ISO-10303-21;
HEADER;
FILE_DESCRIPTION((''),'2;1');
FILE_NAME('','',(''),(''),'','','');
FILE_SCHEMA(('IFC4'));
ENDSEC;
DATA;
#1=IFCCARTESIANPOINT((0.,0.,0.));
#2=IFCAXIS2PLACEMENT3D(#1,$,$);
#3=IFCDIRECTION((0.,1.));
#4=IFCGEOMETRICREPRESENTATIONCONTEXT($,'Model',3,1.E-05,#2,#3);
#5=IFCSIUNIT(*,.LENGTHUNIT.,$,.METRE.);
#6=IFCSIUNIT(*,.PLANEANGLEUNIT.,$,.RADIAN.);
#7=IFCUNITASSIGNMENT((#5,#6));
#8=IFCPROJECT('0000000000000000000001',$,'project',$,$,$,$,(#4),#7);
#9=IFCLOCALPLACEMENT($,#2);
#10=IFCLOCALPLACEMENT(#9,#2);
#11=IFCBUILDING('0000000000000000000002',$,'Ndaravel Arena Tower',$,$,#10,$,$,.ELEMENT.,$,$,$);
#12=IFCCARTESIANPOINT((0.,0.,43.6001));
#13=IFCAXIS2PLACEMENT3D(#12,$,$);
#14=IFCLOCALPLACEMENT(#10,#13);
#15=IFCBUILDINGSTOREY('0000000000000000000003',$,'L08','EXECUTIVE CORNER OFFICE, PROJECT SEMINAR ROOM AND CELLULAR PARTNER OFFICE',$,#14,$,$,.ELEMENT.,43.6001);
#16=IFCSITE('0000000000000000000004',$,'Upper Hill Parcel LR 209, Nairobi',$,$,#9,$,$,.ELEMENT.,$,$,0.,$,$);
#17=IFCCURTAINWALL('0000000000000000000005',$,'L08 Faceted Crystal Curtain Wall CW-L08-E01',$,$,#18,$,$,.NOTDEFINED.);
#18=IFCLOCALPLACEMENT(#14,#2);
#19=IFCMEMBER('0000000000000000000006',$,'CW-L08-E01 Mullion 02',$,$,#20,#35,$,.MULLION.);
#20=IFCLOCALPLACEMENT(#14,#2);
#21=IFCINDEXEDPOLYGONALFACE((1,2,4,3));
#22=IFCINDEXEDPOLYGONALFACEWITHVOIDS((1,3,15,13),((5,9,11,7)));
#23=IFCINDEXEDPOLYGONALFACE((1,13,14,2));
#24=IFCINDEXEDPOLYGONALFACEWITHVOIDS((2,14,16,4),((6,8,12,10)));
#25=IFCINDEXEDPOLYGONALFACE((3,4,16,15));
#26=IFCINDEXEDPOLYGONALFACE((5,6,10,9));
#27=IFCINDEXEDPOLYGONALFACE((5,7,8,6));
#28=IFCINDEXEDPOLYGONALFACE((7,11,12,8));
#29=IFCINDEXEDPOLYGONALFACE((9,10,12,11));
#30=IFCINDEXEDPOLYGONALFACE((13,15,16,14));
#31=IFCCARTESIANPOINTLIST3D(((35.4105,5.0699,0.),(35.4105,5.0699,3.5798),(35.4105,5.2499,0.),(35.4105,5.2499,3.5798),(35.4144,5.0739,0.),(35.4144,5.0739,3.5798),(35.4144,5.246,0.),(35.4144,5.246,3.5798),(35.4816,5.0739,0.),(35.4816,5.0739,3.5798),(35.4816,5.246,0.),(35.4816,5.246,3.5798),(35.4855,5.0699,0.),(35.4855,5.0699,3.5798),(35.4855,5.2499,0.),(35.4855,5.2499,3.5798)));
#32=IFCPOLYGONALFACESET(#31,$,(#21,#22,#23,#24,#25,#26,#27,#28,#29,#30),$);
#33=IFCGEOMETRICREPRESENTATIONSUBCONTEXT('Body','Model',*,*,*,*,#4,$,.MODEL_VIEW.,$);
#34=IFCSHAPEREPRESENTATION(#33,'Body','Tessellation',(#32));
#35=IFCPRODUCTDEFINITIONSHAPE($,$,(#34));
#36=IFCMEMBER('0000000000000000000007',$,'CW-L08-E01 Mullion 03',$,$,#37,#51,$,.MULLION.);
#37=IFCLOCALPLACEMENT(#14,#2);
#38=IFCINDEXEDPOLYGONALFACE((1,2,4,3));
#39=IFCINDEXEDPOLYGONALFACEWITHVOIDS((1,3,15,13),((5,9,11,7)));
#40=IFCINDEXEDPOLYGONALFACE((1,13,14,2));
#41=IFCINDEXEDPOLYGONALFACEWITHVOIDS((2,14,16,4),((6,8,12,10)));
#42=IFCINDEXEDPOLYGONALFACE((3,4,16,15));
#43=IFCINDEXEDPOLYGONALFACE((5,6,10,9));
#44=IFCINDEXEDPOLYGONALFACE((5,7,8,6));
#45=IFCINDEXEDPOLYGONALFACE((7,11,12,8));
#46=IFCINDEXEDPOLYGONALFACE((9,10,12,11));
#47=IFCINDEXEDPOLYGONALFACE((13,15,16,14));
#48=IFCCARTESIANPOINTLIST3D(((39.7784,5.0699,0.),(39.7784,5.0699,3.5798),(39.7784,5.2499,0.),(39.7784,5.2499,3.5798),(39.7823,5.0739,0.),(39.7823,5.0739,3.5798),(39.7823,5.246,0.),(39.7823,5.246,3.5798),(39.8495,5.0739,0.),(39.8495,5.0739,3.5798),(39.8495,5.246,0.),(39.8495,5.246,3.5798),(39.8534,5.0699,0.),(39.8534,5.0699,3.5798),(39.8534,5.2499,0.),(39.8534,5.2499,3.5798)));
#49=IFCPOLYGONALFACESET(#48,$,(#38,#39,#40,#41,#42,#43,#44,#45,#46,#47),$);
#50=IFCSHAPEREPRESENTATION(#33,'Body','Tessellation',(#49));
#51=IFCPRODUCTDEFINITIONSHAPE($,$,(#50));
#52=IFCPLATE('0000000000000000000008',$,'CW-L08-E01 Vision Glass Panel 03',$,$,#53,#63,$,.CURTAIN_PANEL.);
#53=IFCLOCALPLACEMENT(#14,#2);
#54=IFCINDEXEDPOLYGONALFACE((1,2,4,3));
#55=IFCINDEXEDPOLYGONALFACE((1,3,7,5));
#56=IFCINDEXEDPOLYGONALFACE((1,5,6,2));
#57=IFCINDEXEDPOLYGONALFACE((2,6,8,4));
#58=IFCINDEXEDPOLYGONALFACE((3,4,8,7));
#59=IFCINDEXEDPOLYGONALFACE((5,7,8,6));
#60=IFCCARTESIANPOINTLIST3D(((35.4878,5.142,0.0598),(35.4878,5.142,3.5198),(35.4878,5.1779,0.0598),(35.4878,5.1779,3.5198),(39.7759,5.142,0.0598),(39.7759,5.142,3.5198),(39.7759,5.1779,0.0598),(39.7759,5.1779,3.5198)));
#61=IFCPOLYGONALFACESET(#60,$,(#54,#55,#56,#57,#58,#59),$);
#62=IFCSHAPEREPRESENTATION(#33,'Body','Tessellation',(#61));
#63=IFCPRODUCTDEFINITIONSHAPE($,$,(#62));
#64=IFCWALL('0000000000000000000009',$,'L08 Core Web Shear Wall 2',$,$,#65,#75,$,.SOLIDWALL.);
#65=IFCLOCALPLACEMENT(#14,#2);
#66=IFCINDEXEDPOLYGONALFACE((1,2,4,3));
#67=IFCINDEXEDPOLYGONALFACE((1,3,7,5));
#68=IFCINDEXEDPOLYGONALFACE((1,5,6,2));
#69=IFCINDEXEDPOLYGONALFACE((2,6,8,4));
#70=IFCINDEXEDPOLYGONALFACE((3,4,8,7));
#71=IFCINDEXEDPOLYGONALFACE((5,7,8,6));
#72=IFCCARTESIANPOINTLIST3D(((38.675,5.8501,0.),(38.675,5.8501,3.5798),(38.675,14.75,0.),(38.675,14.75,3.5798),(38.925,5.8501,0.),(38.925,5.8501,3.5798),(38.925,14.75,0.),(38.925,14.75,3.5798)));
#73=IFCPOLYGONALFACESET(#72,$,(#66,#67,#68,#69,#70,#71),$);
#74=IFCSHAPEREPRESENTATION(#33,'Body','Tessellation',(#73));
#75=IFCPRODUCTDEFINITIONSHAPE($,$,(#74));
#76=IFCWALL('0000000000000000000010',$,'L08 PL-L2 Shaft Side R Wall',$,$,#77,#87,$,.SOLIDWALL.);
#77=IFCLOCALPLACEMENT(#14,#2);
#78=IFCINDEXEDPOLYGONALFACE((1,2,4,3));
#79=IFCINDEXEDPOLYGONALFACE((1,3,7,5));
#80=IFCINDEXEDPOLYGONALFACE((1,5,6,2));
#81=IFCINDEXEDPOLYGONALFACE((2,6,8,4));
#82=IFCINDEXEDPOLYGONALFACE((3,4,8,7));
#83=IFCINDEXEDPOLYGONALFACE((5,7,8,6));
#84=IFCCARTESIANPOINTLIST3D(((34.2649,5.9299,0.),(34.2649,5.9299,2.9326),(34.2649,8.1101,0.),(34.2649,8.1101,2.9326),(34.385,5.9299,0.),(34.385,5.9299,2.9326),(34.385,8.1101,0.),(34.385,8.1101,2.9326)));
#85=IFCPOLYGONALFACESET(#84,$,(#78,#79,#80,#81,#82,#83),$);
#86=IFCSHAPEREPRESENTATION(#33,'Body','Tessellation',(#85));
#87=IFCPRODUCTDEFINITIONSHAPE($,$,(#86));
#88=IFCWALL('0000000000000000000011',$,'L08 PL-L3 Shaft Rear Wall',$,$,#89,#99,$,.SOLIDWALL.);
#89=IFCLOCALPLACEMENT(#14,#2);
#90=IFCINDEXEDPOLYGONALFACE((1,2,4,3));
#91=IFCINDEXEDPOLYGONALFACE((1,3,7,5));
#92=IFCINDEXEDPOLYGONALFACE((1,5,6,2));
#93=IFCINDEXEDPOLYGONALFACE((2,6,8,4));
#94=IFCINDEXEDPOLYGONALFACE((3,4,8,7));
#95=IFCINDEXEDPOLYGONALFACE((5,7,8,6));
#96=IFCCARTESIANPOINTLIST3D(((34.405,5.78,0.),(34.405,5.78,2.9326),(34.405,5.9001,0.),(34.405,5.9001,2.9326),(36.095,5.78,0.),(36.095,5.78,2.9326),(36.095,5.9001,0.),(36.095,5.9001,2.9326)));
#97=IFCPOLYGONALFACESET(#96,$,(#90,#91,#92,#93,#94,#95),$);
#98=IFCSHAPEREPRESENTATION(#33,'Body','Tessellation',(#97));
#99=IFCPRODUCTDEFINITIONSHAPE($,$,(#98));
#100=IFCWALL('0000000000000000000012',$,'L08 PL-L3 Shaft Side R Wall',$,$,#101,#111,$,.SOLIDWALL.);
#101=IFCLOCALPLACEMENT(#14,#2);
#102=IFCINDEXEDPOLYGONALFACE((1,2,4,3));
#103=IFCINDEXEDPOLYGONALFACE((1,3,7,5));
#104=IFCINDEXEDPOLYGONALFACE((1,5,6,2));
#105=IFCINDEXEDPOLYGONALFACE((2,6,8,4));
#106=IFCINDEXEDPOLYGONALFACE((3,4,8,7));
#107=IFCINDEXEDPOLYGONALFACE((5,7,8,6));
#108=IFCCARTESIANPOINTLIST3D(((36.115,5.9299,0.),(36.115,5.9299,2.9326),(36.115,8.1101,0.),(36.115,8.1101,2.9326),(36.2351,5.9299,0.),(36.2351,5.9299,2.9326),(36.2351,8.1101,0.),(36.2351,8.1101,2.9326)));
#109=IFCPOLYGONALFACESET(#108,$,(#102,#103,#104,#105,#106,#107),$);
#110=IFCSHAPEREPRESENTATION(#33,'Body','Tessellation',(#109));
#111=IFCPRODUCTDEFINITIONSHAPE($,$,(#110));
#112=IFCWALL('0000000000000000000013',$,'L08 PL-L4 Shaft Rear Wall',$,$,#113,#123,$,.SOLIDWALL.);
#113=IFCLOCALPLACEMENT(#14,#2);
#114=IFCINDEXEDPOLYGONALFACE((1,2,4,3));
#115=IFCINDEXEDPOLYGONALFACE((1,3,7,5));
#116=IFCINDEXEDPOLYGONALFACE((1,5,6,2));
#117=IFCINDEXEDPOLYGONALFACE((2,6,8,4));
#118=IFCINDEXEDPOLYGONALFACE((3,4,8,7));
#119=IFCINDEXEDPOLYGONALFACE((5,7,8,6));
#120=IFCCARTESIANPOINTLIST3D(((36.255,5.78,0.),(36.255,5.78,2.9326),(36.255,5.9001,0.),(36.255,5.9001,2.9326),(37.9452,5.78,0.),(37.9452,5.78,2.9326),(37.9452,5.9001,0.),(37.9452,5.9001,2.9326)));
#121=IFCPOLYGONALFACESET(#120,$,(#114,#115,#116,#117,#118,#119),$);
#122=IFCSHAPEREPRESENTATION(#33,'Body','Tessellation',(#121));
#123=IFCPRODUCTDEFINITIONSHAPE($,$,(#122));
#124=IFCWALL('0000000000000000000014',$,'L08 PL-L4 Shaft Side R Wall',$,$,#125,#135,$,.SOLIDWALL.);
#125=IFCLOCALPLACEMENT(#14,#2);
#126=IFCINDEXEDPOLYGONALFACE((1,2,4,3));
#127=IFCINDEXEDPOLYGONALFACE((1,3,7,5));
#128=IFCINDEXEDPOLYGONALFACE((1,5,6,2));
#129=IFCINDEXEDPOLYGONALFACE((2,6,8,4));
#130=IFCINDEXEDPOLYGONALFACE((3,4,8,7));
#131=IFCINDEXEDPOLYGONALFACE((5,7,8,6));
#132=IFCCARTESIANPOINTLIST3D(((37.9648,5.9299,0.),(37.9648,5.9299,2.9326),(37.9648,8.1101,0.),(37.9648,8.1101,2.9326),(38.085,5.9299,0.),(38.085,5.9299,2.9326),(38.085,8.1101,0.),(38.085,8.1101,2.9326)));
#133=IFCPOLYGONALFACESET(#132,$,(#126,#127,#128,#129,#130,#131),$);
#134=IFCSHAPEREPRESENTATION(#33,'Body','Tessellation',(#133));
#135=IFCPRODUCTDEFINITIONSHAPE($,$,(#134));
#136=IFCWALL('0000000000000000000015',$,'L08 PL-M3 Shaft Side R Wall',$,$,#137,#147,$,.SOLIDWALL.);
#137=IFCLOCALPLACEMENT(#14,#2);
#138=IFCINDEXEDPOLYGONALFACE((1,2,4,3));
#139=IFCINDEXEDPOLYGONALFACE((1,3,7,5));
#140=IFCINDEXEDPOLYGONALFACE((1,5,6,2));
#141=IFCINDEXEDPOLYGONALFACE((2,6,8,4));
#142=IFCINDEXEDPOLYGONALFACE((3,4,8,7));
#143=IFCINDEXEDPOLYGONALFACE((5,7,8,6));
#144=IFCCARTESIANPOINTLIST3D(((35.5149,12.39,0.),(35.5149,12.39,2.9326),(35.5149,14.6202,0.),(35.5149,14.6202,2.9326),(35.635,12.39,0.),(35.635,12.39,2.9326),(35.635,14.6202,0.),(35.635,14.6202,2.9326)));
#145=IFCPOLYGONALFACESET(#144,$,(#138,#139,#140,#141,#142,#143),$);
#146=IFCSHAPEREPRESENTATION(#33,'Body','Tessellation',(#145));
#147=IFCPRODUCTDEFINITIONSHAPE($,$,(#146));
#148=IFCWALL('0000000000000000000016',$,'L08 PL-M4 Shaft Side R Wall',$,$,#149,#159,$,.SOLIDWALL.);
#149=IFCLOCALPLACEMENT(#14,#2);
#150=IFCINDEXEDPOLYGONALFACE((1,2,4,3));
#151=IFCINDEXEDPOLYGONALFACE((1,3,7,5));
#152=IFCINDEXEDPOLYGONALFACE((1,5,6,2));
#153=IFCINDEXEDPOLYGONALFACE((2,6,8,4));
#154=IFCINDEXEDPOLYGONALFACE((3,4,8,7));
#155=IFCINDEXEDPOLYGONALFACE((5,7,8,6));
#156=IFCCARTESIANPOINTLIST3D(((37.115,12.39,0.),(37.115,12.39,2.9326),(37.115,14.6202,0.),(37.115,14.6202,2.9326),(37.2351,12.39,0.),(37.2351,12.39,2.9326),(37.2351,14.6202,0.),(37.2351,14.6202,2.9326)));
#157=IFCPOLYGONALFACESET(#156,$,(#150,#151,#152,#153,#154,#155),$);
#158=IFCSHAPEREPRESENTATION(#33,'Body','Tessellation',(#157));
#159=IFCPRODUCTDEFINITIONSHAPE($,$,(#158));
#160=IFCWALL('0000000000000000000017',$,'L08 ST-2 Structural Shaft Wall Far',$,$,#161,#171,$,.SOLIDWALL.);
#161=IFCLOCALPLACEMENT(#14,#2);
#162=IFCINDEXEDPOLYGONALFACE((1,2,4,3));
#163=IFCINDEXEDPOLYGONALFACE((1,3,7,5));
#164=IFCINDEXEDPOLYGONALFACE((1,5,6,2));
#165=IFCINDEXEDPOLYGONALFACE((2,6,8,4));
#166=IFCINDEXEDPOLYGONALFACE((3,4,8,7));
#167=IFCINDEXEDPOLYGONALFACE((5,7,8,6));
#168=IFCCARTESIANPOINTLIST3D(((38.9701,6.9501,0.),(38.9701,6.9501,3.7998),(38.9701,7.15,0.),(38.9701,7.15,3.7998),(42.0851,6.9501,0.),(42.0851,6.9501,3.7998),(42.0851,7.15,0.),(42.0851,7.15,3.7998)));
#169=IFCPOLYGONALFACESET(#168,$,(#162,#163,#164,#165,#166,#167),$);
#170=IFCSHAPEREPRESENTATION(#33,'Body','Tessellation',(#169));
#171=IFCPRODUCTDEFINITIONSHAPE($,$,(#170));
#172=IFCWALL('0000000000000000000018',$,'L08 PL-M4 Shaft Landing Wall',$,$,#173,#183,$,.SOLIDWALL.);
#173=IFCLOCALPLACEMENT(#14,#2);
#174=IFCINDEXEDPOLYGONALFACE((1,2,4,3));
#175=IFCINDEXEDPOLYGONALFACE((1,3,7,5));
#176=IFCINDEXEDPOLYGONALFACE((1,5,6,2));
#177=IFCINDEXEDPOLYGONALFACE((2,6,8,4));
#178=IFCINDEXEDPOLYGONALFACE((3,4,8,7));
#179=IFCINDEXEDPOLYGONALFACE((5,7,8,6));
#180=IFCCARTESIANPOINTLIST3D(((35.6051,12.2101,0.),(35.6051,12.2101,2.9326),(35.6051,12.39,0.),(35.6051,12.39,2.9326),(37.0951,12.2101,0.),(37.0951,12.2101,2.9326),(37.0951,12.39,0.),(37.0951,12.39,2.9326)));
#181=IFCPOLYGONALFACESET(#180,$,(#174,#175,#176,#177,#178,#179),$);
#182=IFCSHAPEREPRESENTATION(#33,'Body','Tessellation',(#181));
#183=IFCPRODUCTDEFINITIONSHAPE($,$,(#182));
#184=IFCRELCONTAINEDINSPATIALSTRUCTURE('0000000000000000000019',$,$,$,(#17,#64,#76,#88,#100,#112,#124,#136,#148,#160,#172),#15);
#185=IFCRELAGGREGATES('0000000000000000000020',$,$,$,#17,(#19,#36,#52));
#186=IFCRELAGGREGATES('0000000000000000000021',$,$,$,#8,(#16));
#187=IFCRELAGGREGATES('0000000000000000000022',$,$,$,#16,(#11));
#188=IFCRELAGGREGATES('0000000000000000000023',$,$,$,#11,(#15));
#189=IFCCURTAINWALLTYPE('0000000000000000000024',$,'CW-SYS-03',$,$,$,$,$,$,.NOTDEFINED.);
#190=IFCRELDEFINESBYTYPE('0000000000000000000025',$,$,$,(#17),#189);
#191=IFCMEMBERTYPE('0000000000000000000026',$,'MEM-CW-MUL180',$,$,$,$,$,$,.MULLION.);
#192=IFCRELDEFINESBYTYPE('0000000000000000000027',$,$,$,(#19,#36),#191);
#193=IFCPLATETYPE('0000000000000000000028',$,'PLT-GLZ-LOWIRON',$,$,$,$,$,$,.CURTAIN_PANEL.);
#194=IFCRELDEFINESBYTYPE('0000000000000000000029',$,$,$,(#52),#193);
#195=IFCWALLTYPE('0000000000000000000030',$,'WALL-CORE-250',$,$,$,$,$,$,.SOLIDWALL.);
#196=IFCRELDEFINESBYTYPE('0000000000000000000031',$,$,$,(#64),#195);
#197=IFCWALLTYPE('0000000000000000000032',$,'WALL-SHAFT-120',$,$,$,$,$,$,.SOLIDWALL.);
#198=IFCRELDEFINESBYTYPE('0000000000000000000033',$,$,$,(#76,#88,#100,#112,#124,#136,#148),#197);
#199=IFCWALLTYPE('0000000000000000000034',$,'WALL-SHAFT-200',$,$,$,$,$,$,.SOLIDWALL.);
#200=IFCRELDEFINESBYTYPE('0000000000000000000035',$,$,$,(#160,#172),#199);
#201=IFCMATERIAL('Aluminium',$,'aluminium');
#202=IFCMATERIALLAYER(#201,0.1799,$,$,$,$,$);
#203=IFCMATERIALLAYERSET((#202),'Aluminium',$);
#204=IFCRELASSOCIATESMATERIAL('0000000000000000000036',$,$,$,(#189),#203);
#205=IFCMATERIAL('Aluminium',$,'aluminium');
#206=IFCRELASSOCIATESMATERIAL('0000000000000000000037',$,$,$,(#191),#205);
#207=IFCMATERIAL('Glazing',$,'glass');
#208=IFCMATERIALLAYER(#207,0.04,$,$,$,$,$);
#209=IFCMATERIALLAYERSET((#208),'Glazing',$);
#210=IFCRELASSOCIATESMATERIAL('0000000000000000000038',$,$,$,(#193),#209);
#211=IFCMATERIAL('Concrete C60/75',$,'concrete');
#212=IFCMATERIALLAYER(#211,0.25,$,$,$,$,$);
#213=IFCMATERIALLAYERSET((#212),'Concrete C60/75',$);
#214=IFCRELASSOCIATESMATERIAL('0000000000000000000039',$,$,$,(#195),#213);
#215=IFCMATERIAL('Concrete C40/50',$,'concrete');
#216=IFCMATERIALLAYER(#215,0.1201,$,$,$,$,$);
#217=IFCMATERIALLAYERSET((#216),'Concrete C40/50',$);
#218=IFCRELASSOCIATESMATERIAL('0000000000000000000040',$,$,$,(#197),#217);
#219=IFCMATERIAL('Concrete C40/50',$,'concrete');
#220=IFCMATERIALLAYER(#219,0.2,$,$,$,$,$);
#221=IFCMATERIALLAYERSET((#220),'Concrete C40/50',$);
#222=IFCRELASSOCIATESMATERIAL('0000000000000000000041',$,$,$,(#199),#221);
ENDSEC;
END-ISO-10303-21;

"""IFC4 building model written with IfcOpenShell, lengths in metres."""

from ifc_helpers import new_model, si_unit, direction, frame, frame_2d, origin, origin_2d, place, context, subcontext, project, spatial, rectangle, hollow_rectangle, extrude, material, layer, layer_set, material_profile, profile_set, type_object, element, aggregate, save


model = new_model("IFC4")

# Units and contexts
model_context = context("Model", 3, precision=1e-05, world=origin(), true_north=direction((0.0, 1.0)))
body_context = subcontext(model_context, "Body", "Model", "MODEL_VIEW")
ifc_project = project(units=[si_unit("LENGTHUNIT", "METRE"), si_unit("PLANEANGLEUNIT", "RADIAN")], contexts=[model_context])

# Site, building, storey
site_placement = place(None, origin())
site = spatial("IfcSite", under=ifc_project, at=site_placement, Name="Upper Hill Parcel LR 209, Nairobi", CompositionType="ELEMENT", RefElevation=0.0)
building_placement = place(site_placement, origin())
building = spatial("IfcBuilding", under=site, at=building_placement, Name="Ndaravel Arena Tower", CompositionType="ELEMENT")
storey_placement = place(building_placement, frame((0.0, 0.0, 43.6001)))
storey = spatial("IfcBuildingStorey", under=building, at=storey_placement, Name="L08", Description="EXECUTIVE CORNER OFFICE, PROJECT SEMINAR ROOM AND CELLULAR PARTNER OFFICE", CompositionType="ELEMENT", Elevation=43.6001)

# Curtain wall, members, plate
ifc_material_1 = material(Name="Aluminium", Category="aluminium")
ifc_layer_1 = layer(ifc_material_1, 0.1799)
ifc_layer_set_1 = layer_set([ifc_layer_1], Name="Aluminium")
curtain_wall_type = type_object("IfcCurtainWallType", Name="CW-SYS-03", PredefinedType="NOTDEFINED", material=ifc_layer_set_1)
curtain_wall_placement = place(storey_placement, origin())
curtain_wall = element("IfcCurtainWall", 1, at=curtain_wall_placement, inside=storey, type_object=curtain_wall_type, Name="L08 Faceted Crystal Curtain Wall CW-L08-E01", PredefinedType="NOTDEFINED")
ifc_material_2 = material(Name="Aluminium", Category="aluminium")
ifc_material_profile = material_profile(ifc_material_2, hollow_rectangle(XDim=0.075, YDim=0.1799, WallThickness=0.0039, at=origin_2d()), Name="CW MULLION 75x180x4")
ifc_profile_set = profile_set([ifc_material_profile], Name="Aluminium")
member_type = type_object("IfcMemberType", Name="MEM-CW-MUL180", PredefinedType="MULLION", material=ifc_profile_set)
member_1_placement = place(storey_placement, frame((35.448, 5.1599, 0.0), z_axis=(0.0, 0.0, 1.0), x_axis=(1.0, 0.0, 0.0)))
member_1 = element("IfcMember", 2, at=member_1_placement, type_object=member_type, Name="CW-L08-E01 Mullion 02", PredefinedType="MULLION", context=body_context, shape_type="SweptSolid", body=[
    extrude(hollow_rectangle(XDim=0.075, YDim=0.1799, WallThickness=0.0039, at=origin_2d()), origin(), (0.0, 0.0, 1.0), 3.5798),
])
member_2_placement = place(storey_placement, frame((39.8159, 5.1599, 0.0), z_axis=(0.0, 0.0, 1.0), x_axis=(1.0, 0.0, 0.0)))
member_2 = element("IfcMember", 3, at=member_2_placement, type_object=member_type, Name="CW-L08-E01 Mullion 03", PredefinedType="MULLION", context=body_context, shape_type="SweptSolid", body=[
    extrude(hollow_rectangle(XDim=0.075, YDim=0.1799, WallThickness=0.0039, at=origin_2d()), origin(), (0.0, 0.0, 1.0), 3.5798),
])
ifc_material_3 = material(Name="Glazing", Category="glass")
ifc_layer_2 = layer(ifc_material_3, 0.04)
ifc_layer_set_2 = layer_set([ifc_layer_2], Name="Glazing")
plate_type = type_object("IfcPlateType", Name="PLT-GLZ-LOWIRON", PredefinedType="CURTAIN_PANEL", material=ifc_layer_set_2)
plate_placement = place(storey_placement, frame((37.6318, 5.1599, 0.0598), z_axis=(0.0, 0.0, 1.0), x_axis=(1.0, 0.0, 0.0)))
plate = element("IfcPlate", 4, at=plate_placement, type_object=plate_type, Name="CW-L08-E01 Vision Glass Panel 03", PredefinedType="CURTAIN_PANEL", context=body_context, shape_type="SweptSolid", body=[
    extrude(rectangle(XDim=4.2881, YDim=0.0359, at=origin_2d()), origin(), (0.0, 0.0, 1.0), 3.46),
])
aggregate(curtain_wall, [member_1, member_2, plate])

# Walls
ifc_material_4 = material(Name="Concrete C60/75", Category="concrete")
ifc_layer_3 = layer(ifc_material_4, 0.25)
ifc_layer_set_3 = layer_set([ifc_layer_3], Name="Concrete C60/75")
wall_type_1 = type_object("IfcWallType", Name="WALL-CORE-250", PredefinedType="SOLIDWALL", material=ifc_layer_set_3)
wall_1_placement = place(storey_placement, frame((38.8, 5.8501, 0.0), z_axis=(0.0, 0.0, 1.0), x_axis=(0.0, 1.0, 0.0)))
element("IfcWall", 5, at=wall_1_placement, inside=storey, type_object=wall_type_1, Name="L08 Core Web Shear Wall 2", PredefinedType="SOLIDWALL", context=body_context, shape_type="SweptSolid", body=[
    extrude(rectangle(XDim=8.8999, YDim=0.25, at=frame_2d((4.45, 0.0))), origin(), (0.0, 0.0, 1.0), 3.5798),
])
ifc_material_5 = material(Name="Concrete C40/50", Category="concrete")
ifc_layer_4 = layer(ifc_material_5, 0.1201)
ifc_layer_set_4 = layer_set([ifc_layer_4], Name="Concrete C40/50")
wall_type_2 = type_object("IfcWallType", Name="WALL-SHAFT-120", PredefinedType="SOLIDWALL", material=ifc_layer_set_4)
wall_2_placement = place(storey_placement, frame((34.325, 5.9299, 0.0), z_axis=(0.0, 0.0, 1.0), x_axis=(0.0, 1.0, 0.0)))
element("IfcWall", 6, at=wall_2_placement, inside=storey, type_object=wall_type_2, Name="L08 PL-L2 Shaft Side R Wall", PredefinedType="SOLIDWALL", context=body_context, shape_type="SweptSolid", body=[
    extrude(rectangle(XDim=2.1802, YDim=0.1201, at=frame_2d((1.0901, 0.0))), origin(), (0.0, 0.0, 1.0), 2.9326),
])
wall_3_placement = place(storey_placement, frame((34.405, 5.8401, 0.0), z_axis=(0.0, 0.0, 1.0), x_axis=(1.0, 0.0, 0.0)))
element("IfcWall", 7, at=wall_3_placement, inside=storey, type_object=wall_type_2, Name="L08 PL-L3 Shaft Rear Wall", PredefinedType="SOLIDWALL", context=body_context, shape_type="SweptSolid", body=[
    extrude(rectangle(XDim=1.6899, YDim=0.1201, at=frame_2d((0.845, 0.0))), origin(), (0.0, 0.0, 1.0), 2.9326),
])
wall_4_placement = place(storey_placement, frame((36.175, 5.9299, 0.0), z_axis=(0.0, 0.0, 1.0), x_axis=(0.0, 1.0, 0.0)))
element("IfcWall", 8, at=wall_4_placement, inside=storey, type_object=wall_type_2, Name="L08 PL-L3 Shaft Side R Wall", PredefinedType="SOLIDWALL", context=body_context, shape_type="SweptSolid", body=[
    extrude(rectangle(XDim=2.1802, YDim=0.1201, at=frame_2d((1.0901, 0.0))), origin(), (0.0, 0.0, 1.0), 2.9326),
])
wall_5_placement = place(storey_placement, frame((36.2549, 5.8401, 0.0), z_axis=(0.0, 0.0, 1.0), x_axis=(1.0, 0.0, 0.0)))
element("IfcWall", 9, at=wall_5_placement, inside=storey, type_object=wall_type_2, Name="L08 PL-L4 Shaft Rear Wall", PredefinedType="SOLIDWALL", context=body_context, shape_type="SweptSolid", body=[
    extrude(rectangle(XDim=1.6902, YDim=0.1201, at=frame_2d((0.8452, 0.0))), origin(), (0.0, 0.0, 1.0), 2.9326),
])
wall_6_placement = place(storey_placement, frame((38.0249, 5.9299, 0.0), z_axis=(0.0, 0.0, 1.0), x_axis=(0.0, 1.0, 0.0)))
element("IfcWall", 10, at=wall_6_placement, inside=storey, type_object=wall_type_2, Name="L08 PL-L4 Shaft Side R Wall", PredefinedType="SOLIDWALL", context=body_context, shape_type="SweptSolid", body=[
    extrude(rectangle(XDim=2.1802, YDim=0.1201, at=frame_2d((1.0901, 0.0))), origin(), (0.0, 0.0, 1.0), 2.9326),
])
for number, where, z_axis, x_axis, name in (
    (11, (35.575, 12.3899, 0.0), (0.0, 0.0, 1.0), (0.0, 1.0, 0.0), "L08 PL-M3 Shaft Side R Wall"),
    (12, (37.175, 12.3899, 0.0), (0.0, 0.0, 1.0), (0.0, 1.0, 0.0), "L08 PL-M4 Shaft Side R Wall"),
):
    element("IfcWall", number, at=place(storey_placement, frame(where, z_axis=z_axis, x_axis=x_axis)), inside=storey, type_object=wall_type_2, Name=name, PredefinedType="SOLIDWALL", context=body_context, shape_type="SweptSolid", body=[
        extrude(rectangle(XDim=2.2302, YDim=0.1201, at=frame_2d((1.1152, 0.0))), origin(), (0.0, 0.0, 1.0), 2.9326),
    ])
ifc_material_6 = material(Name="Concrete C40/50", Category="concrete")
ifc_layer_5 = layer(ifc_material_6, 0.2)
ifc_layer_set_5 = layer_set([ifc_layer_5], Name="Concrete C40/50")
wall_type_3 = type_object("IfcWallType", Name="WALL-SHAFT-200", PredefinedType="SOLIDWALL", material=ifc_layer_set_5)
wall_7_placement = place(storey_placement, frame((38.97, 7.05, 0.0), z_axis=(0.0, 0.0, 1.0), x_axis=(1.0, 0.0, 0.0)))
element("IfcWall", 13, at=wall_7_placement, inside=storey, type_object=wall_type_3, Name="L08 ST-2 Structural Shaft Wall Far", PredefinedType="SOLIDWALL", context=body_context, shape_type="SweptSolid", body=[
    extrude(rectangle(XDim=3.115, YDim=0.2, at=frame_2d((1.5576, 0.0))), origin(), (0.0, 0.0, 1.0), 3.7998),
])

# Wall
wall_8_placement = place(storey_placement, frame((35.605, 12.3, 0.0), z_axis=(0.0, 0.0, 1.0), x_axis=(1.0, 0.0, 0.0)))
element("IfcWall", 14, at=wall_8_placement, inside=storey, type_object=wall_type_3, Name="L08 PL-M4 Shaft Landing Wall", PredefinedType="SOLIDWALL", context=body_context, shape_type="SweptSolid", body=[
    extrude(rectangle(XDim=1.49, YDim=0.1799, at=frame_2d((0.7451, 0.0))), origin(), (0.0, 0.0, 1.0), 2.9326),
])

save(model, "model.ifc")
